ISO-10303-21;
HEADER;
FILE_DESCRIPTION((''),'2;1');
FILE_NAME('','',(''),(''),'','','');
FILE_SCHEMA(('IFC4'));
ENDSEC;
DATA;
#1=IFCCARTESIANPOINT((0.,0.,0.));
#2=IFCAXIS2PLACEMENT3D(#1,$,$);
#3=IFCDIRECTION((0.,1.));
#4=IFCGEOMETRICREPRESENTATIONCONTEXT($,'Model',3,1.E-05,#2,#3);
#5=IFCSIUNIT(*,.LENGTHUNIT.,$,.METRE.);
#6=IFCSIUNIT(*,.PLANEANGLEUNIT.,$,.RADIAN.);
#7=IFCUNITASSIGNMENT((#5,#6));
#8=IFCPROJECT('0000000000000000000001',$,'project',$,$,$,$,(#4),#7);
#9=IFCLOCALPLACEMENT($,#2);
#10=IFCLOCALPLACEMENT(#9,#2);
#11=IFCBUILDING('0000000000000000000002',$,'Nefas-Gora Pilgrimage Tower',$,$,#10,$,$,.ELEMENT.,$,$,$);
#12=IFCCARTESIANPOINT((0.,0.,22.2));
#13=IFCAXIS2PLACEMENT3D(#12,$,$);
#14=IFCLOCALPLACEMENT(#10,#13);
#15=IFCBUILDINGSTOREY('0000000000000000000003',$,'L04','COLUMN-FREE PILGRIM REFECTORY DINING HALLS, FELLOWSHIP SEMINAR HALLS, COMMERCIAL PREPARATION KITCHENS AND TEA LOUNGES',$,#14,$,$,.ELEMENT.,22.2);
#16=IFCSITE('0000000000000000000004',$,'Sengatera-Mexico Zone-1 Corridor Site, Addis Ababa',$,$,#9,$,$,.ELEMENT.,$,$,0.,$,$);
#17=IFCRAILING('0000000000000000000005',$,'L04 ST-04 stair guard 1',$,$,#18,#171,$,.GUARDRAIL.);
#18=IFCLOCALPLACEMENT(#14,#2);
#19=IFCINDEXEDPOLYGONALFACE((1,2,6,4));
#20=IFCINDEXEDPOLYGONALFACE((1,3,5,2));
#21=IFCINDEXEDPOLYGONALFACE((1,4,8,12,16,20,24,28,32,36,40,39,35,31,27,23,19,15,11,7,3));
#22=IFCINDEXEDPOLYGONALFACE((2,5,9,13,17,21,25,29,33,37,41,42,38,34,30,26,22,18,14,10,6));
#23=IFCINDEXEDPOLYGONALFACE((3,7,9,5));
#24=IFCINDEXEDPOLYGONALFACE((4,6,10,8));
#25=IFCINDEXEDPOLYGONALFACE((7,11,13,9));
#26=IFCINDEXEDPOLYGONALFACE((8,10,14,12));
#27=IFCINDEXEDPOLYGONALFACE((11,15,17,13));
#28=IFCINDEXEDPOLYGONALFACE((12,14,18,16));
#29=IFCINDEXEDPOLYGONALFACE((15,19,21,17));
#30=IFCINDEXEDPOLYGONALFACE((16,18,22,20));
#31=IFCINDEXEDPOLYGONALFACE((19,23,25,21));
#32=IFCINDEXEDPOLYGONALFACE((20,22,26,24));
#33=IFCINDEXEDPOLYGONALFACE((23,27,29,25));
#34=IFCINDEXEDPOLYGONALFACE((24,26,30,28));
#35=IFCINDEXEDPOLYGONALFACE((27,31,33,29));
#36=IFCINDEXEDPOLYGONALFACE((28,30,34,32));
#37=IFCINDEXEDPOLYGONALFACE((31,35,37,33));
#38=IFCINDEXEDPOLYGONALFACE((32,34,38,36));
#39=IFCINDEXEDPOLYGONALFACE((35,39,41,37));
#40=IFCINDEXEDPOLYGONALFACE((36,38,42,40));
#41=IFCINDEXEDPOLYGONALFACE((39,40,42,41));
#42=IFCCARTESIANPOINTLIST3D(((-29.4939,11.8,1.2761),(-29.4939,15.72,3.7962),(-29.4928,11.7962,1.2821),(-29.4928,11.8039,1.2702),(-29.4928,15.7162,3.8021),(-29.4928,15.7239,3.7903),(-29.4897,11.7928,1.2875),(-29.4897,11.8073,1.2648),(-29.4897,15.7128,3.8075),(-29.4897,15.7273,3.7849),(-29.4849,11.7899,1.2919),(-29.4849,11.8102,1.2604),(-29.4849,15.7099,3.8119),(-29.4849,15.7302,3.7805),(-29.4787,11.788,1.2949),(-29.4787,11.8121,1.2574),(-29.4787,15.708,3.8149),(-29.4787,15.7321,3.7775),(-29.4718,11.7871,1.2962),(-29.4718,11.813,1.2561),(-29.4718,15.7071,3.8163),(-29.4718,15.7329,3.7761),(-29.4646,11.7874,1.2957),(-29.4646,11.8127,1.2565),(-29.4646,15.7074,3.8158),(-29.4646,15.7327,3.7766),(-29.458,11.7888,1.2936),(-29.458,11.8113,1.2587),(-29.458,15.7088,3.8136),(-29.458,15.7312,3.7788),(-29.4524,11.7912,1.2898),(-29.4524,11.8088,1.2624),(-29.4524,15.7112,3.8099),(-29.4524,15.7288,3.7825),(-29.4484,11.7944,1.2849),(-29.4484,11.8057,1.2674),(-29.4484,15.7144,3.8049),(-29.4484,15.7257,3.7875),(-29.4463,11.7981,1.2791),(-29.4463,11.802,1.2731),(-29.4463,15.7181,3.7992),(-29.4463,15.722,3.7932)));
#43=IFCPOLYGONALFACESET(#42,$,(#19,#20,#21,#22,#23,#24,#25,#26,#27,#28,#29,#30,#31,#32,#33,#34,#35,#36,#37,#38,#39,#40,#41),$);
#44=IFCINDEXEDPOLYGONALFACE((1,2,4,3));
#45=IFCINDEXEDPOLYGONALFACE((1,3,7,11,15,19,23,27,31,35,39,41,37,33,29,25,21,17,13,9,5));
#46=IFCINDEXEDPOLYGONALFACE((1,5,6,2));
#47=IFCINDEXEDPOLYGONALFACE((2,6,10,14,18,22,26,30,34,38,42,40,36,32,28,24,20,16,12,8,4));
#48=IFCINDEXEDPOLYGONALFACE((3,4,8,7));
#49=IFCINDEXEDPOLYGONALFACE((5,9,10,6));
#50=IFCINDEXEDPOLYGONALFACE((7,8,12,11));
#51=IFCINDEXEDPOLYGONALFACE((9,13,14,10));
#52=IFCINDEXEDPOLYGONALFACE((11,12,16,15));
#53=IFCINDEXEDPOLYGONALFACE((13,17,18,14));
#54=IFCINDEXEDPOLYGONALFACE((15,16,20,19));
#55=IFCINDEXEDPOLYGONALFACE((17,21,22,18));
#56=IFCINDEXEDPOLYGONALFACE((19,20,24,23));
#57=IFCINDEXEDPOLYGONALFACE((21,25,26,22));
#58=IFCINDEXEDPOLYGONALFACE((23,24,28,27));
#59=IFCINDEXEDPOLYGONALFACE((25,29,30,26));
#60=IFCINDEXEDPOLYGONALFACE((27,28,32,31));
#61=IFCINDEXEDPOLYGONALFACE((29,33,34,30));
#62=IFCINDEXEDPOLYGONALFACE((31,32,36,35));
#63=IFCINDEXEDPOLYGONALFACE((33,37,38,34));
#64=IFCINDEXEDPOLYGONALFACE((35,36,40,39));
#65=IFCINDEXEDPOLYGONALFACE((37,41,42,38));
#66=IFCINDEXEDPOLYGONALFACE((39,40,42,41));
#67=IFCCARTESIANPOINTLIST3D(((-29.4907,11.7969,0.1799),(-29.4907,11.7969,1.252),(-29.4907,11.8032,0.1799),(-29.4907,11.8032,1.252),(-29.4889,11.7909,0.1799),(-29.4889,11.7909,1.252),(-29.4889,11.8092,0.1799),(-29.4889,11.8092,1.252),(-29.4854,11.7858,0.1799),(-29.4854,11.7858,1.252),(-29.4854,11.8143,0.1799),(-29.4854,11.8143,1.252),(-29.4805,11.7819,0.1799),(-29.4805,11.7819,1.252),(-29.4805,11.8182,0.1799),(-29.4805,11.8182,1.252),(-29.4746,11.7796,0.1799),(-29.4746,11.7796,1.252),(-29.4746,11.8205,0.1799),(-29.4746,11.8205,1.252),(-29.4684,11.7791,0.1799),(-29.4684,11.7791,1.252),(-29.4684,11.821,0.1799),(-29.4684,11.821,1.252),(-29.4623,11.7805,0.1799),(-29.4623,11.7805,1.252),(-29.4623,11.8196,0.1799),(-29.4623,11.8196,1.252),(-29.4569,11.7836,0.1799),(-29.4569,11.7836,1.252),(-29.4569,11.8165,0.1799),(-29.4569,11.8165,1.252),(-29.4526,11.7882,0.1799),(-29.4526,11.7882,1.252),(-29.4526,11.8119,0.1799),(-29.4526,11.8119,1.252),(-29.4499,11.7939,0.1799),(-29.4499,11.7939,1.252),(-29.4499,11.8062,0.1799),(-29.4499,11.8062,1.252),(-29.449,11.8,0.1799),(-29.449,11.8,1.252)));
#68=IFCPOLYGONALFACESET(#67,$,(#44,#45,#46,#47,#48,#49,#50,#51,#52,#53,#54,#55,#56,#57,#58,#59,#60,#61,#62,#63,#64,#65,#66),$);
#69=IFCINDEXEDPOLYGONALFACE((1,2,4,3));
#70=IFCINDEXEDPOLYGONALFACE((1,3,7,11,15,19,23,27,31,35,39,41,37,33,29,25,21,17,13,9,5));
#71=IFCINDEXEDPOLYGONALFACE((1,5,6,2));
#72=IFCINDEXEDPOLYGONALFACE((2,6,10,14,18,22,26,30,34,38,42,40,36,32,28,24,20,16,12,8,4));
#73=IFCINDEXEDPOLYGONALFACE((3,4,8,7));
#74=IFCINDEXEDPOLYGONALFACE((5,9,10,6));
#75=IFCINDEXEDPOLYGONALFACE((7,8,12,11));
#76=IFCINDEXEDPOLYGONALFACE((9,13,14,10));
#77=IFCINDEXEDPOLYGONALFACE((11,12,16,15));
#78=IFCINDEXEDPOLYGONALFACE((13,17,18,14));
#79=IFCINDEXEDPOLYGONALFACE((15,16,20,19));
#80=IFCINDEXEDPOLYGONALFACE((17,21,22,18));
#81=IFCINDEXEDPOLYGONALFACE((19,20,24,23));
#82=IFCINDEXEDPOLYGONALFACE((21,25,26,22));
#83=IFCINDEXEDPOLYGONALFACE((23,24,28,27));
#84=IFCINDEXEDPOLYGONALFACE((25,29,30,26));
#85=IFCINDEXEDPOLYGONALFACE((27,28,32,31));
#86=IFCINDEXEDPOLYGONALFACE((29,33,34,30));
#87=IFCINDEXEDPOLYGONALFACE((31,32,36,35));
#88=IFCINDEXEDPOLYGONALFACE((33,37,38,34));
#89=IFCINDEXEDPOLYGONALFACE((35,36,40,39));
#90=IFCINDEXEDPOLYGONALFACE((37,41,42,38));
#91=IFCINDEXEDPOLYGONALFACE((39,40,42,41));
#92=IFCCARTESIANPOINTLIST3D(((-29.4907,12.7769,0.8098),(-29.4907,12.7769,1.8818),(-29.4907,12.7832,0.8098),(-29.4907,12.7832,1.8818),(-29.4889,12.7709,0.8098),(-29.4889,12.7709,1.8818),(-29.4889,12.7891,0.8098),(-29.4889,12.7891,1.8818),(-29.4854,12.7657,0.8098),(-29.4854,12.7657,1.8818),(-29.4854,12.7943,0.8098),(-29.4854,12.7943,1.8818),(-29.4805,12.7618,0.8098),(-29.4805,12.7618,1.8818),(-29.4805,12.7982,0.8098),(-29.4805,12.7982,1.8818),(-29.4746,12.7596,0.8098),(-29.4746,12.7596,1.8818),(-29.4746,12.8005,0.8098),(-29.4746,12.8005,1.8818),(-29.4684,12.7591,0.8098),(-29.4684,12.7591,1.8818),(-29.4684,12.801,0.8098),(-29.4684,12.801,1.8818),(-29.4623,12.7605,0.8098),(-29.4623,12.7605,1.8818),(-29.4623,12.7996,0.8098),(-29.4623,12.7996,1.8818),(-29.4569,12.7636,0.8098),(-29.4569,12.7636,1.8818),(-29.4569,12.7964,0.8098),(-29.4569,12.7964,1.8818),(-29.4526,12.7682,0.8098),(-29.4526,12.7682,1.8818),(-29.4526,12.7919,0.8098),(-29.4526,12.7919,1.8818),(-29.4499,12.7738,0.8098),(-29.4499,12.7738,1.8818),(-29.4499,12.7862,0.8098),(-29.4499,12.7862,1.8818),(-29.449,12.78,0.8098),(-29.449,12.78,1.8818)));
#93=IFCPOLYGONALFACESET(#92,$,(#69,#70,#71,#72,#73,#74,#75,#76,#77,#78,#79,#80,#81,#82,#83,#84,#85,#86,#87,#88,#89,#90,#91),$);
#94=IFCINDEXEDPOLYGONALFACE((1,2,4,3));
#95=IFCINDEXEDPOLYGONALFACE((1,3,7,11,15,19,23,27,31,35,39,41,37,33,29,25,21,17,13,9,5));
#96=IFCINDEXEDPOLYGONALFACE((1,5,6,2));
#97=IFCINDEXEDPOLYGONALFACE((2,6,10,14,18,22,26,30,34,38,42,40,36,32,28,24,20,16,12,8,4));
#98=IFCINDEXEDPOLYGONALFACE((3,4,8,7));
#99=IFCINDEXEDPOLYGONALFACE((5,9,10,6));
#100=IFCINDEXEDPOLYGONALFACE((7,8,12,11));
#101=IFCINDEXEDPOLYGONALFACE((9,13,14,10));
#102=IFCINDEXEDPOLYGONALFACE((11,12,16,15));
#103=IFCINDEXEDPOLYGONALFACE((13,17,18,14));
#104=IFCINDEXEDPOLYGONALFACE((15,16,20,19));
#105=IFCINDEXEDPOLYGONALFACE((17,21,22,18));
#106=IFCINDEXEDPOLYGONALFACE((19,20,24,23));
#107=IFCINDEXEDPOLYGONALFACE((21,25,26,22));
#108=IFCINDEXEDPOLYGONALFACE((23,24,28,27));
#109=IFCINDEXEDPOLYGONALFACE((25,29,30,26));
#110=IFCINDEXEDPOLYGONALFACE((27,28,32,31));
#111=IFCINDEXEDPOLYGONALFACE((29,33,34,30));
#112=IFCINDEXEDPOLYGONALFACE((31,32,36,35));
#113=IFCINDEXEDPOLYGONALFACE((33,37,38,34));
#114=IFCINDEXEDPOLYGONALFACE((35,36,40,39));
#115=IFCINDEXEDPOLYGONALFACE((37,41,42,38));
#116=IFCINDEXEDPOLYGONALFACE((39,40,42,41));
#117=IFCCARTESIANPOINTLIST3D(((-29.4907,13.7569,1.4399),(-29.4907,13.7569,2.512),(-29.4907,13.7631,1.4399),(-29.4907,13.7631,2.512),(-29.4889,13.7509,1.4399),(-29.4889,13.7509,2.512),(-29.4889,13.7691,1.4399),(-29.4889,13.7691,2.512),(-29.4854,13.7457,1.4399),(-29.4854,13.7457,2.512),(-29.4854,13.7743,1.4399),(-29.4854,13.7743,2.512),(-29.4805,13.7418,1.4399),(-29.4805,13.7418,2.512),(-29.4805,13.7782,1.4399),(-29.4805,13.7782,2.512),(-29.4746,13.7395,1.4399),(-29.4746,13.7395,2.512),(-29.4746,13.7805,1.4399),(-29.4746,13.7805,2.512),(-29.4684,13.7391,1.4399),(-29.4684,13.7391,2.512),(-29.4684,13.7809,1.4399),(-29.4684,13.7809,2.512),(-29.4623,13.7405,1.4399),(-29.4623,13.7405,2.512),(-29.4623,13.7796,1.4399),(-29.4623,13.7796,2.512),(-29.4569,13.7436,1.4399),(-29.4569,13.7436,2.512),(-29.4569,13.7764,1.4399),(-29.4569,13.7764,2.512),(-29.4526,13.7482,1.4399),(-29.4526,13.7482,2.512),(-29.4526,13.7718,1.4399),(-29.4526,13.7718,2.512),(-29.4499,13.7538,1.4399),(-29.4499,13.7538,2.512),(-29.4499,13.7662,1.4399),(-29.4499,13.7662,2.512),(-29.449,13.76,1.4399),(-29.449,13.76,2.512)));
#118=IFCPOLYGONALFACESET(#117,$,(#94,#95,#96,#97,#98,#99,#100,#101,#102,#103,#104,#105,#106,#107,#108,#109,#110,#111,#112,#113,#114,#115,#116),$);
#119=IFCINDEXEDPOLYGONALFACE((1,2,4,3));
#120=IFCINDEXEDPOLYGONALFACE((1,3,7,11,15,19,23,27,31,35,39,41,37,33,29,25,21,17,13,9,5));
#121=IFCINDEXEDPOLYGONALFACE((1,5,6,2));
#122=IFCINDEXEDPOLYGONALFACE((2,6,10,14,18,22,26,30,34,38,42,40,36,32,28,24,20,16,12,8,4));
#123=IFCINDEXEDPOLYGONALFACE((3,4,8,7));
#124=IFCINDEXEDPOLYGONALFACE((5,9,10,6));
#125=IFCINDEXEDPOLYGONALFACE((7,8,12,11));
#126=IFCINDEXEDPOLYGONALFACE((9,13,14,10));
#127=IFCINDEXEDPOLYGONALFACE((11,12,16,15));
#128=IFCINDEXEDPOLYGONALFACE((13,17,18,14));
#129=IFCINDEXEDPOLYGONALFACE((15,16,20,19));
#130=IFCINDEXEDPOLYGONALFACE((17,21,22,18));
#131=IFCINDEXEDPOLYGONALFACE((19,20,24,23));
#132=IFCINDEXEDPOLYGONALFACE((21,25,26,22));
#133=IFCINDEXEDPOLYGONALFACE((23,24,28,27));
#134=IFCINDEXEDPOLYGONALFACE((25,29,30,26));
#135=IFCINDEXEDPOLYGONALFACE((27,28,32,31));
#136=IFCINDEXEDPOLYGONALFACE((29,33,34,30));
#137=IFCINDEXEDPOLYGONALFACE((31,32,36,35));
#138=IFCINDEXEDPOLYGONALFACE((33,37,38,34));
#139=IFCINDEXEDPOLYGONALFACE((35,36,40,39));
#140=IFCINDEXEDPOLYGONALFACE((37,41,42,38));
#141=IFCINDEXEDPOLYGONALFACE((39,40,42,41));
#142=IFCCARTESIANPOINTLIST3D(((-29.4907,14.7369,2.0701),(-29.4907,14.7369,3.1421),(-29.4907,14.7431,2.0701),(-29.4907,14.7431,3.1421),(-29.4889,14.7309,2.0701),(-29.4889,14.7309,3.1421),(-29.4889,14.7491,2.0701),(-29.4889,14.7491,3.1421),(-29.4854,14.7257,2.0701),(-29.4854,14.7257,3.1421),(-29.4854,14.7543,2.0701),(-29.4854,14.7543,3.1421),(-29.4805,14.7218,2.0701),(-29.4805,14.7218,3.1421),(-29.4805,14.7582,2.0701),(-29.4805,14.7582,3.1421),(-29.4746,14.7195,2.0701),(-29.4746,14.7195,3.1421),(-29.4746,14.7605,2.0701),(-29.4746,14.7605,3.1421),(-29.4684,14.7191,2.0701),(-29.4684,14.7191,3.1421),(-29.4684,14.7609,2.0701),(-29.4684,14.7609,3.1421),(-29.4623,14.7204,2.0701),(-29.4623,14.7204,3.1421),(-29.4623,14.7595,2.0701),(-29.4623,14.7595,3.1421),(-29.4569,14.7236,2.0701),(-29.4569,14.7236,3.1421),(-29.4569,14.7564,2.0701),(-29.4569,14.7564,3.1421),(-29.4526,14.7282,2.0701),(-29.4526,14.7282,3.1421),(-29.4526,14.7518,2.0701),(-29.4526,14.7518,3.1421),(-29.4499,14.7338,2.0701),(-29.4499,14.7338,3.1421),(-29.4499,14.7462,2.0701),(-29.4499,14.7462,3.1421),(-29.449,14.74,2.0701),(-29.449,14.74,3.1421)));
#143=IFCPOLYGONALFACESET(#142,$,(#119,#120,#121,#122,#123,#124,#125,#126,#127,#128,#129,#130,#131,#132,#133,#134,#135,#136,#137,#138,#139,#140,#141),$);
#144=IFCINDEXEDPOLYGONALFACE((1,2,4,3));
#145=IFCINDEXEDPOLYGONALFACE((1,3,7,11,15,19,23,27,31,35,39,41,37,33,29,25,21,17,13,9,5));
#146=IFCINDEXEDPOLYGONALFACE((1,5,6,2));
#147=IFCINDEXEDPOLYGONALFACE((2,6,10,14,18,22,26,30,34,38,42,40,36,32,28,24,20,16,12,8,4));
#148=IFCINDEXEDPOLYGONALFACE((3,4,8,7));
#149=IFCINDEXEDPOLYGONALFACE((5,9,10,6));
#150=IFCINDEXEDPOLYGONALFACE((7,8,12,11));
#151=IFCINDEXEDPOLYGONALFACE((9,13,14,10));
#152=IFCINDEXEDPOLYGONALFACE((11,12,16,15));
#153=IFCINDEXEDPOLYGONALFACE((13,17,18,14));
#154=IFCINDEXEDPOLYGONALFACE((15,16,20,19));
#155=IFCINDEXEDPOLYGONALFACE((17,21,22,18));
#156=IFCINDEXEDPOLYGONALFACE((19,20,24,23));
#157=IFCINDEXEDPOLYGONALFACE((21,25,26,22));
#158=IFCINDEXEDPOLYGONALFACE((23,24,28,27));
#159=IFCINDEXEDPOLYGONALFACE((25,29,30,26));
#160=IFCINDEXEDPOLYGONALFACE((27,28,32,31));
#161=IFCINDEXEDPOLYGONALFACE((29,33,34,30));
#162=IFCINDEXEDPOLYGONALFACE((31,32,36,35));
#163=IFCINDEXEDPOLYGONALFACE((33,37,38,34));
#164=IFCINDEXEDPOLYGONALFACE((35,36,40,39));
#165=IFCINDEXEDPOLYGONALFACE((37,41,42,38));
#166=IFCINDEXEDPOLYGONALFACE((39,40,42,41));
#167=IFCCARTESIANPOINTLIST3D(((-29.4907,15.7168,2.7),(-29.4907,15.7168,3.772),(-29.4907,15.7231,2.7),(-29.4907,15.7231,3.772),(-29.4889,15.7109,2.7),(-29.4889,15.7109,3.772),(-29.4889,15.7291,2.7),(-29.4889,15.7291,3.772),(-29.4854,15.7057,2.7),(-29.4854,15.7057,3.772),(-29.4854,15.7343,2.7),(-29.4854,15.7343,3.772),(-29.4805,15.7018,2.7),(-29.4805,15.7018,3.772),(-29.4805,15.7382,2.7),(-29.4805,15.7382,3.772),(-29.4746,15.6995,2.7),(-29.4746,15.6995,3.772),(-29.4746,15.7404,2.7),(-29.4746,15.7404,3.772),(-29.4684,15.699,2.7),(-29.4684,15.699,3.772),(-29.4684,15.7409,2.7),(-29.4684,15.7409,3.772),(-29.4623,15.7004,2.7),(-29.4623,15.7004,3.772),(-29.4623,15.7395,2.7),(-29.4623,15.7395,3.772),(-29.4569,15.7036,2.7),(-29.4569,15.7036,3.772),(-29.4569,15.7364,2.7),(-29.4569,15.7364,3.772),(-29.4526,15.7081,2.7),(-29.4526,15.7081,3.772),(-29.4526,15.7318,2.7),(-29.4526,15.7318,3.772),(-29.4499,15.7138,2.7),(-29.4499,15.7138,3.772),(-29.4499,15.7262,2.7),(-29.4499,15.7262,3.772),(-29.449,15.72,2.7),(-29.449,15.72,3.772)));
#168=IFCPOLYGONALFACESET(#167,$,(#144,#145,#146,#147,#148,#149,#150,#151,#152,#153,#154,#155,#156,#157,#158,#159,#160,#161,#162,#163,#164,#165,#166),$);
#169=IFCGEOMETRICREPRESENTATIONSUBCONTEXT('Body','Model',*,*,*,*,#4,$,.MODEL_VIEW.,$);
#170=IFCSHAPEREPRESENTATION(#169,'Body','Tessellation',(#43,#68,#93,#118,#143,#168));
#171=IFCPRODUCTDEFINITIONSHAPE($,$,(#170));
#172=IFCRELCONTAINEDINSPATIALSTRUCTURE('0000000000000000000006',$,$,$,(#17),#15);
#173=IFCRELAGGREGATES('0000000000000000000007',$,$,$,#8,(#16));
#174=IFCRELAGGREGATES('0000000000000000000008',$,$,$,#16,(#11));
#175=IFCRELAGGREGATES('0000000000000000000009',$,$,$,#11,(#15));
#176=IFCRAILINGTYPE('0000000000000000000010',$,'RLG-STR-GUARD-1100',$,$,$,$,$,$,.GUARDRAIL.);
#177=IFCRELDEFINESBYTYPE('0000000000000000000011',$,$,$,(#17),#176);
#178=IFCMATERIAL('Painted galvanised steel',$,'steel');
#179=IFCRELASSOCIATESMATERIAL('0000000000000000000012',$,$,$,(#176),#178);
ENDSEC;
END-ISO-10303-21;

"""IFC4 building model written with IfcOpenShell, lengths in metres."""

from ifc_helpers import new_model, si_unit, direction, frame, origin, origin_2d, place, context, subcontext, project, spatial, circle, extrude, material, type_object, element, save


model = new_model("IFC4")

# Units and contexts
model_context = context("Model", 3, precision=1e-05, world=origin(), true_north=direction((0.0, 1.0)))
body_context = subcontext(model_context, "Body", "Model", "MODEL_VIEW")
ifc_project = project(units=[si_unit("LENGTHUNIT", "METRE"), si_unit("PLANEANGLEUNIT", "RADIAN")], contexts=[model_context])

# Site, building, storey
site_placement = place(None, origin())
site = spatial("IfcSite", under=ifc_project, at=site_placement, Name="Sengatera-Mexico Zone-1 Corridor Site, Addis Ababa", CompositionType="ELEMENT", RefElevation=0.0)
building_placement = place(site_placement, origin())
building = spatial("IfcBuilding", under=site, at=building_placement, Name="Nefas-Gora Pilgrimage Tower", CompositionType="ELEMENT")
storey_placement = place(building_placement, frame((0.0, 0.0, 22.2)))
storey = spatial("IfcBuildingStorey", under=building, at=storey_placement, Name="L04", Description="COLUMN-FREE PILGRIM REFECTORY DINING HALLS, FELLOWSHIP SEMINAR HALLS, COMMERCIAL PREPARATION KITCHENS AND TEA LOUNGES", CompositionType="ELEMENT", Elevation=22.2)

# Railing
ifc_material_1 = material(Name="Painted galvanised steel", Category="steel")
railing_type_1 = type_object("IfcRailingType", Name="RLG-STR-GUARD-1100", PredefinedType="GUARDRAIL", material=ifc_material_1)
railing_1_placement = place(storey_placement, frame((-29.47, 11.8, 0.1799)))
element("IfcRailing", 1, at=railing_1_placement, inside=storey, type_object=railing_type_1, Name="L04 ST-04 stair guard 1", PredefinedType="GUARDRAIL", context=body_context, shape_type="SweptSolid", body=[
    extrude(circle(Radius=0.0239, at=origin_2d()), frame((0.0, 0.0, 1.0962), z_axis=(0.0, 0.841172, 0.540768), x_axis=(-1.0, 0.0, 0.0)), (0.0, 0.0, 1.0), 4.6602),
    extrude(circle(Radius=0.021, at=origin_2d()), origin(), (0.0, 0.0, 1.0), 1.072),
    extrude(circle(Radius=0.021, at=origin_2d()), frame((0.0, 0.98, 0.6299)), (0.0, 0.0, 1.0), 1.072),
    extrude(circle(Radius=0.021, at=origin_2d()), frame((0.0, 1.96, 1.26)), (0.0, 0.0, 1.0), 1.072),
    extrude(circle(Radius=0.021, at=origin_2d()), frame((0.0, 2.9399, 1.8901)), (0.0, 0.0, 1.0), 1.072),
    extrude(circle(Radius=0.021, at=origin_2d()), frame((0.0, 3.9199, 2.52)), (0.0, 0.0, 1.0), 1.072),
])

save(model, "model.ifc")
